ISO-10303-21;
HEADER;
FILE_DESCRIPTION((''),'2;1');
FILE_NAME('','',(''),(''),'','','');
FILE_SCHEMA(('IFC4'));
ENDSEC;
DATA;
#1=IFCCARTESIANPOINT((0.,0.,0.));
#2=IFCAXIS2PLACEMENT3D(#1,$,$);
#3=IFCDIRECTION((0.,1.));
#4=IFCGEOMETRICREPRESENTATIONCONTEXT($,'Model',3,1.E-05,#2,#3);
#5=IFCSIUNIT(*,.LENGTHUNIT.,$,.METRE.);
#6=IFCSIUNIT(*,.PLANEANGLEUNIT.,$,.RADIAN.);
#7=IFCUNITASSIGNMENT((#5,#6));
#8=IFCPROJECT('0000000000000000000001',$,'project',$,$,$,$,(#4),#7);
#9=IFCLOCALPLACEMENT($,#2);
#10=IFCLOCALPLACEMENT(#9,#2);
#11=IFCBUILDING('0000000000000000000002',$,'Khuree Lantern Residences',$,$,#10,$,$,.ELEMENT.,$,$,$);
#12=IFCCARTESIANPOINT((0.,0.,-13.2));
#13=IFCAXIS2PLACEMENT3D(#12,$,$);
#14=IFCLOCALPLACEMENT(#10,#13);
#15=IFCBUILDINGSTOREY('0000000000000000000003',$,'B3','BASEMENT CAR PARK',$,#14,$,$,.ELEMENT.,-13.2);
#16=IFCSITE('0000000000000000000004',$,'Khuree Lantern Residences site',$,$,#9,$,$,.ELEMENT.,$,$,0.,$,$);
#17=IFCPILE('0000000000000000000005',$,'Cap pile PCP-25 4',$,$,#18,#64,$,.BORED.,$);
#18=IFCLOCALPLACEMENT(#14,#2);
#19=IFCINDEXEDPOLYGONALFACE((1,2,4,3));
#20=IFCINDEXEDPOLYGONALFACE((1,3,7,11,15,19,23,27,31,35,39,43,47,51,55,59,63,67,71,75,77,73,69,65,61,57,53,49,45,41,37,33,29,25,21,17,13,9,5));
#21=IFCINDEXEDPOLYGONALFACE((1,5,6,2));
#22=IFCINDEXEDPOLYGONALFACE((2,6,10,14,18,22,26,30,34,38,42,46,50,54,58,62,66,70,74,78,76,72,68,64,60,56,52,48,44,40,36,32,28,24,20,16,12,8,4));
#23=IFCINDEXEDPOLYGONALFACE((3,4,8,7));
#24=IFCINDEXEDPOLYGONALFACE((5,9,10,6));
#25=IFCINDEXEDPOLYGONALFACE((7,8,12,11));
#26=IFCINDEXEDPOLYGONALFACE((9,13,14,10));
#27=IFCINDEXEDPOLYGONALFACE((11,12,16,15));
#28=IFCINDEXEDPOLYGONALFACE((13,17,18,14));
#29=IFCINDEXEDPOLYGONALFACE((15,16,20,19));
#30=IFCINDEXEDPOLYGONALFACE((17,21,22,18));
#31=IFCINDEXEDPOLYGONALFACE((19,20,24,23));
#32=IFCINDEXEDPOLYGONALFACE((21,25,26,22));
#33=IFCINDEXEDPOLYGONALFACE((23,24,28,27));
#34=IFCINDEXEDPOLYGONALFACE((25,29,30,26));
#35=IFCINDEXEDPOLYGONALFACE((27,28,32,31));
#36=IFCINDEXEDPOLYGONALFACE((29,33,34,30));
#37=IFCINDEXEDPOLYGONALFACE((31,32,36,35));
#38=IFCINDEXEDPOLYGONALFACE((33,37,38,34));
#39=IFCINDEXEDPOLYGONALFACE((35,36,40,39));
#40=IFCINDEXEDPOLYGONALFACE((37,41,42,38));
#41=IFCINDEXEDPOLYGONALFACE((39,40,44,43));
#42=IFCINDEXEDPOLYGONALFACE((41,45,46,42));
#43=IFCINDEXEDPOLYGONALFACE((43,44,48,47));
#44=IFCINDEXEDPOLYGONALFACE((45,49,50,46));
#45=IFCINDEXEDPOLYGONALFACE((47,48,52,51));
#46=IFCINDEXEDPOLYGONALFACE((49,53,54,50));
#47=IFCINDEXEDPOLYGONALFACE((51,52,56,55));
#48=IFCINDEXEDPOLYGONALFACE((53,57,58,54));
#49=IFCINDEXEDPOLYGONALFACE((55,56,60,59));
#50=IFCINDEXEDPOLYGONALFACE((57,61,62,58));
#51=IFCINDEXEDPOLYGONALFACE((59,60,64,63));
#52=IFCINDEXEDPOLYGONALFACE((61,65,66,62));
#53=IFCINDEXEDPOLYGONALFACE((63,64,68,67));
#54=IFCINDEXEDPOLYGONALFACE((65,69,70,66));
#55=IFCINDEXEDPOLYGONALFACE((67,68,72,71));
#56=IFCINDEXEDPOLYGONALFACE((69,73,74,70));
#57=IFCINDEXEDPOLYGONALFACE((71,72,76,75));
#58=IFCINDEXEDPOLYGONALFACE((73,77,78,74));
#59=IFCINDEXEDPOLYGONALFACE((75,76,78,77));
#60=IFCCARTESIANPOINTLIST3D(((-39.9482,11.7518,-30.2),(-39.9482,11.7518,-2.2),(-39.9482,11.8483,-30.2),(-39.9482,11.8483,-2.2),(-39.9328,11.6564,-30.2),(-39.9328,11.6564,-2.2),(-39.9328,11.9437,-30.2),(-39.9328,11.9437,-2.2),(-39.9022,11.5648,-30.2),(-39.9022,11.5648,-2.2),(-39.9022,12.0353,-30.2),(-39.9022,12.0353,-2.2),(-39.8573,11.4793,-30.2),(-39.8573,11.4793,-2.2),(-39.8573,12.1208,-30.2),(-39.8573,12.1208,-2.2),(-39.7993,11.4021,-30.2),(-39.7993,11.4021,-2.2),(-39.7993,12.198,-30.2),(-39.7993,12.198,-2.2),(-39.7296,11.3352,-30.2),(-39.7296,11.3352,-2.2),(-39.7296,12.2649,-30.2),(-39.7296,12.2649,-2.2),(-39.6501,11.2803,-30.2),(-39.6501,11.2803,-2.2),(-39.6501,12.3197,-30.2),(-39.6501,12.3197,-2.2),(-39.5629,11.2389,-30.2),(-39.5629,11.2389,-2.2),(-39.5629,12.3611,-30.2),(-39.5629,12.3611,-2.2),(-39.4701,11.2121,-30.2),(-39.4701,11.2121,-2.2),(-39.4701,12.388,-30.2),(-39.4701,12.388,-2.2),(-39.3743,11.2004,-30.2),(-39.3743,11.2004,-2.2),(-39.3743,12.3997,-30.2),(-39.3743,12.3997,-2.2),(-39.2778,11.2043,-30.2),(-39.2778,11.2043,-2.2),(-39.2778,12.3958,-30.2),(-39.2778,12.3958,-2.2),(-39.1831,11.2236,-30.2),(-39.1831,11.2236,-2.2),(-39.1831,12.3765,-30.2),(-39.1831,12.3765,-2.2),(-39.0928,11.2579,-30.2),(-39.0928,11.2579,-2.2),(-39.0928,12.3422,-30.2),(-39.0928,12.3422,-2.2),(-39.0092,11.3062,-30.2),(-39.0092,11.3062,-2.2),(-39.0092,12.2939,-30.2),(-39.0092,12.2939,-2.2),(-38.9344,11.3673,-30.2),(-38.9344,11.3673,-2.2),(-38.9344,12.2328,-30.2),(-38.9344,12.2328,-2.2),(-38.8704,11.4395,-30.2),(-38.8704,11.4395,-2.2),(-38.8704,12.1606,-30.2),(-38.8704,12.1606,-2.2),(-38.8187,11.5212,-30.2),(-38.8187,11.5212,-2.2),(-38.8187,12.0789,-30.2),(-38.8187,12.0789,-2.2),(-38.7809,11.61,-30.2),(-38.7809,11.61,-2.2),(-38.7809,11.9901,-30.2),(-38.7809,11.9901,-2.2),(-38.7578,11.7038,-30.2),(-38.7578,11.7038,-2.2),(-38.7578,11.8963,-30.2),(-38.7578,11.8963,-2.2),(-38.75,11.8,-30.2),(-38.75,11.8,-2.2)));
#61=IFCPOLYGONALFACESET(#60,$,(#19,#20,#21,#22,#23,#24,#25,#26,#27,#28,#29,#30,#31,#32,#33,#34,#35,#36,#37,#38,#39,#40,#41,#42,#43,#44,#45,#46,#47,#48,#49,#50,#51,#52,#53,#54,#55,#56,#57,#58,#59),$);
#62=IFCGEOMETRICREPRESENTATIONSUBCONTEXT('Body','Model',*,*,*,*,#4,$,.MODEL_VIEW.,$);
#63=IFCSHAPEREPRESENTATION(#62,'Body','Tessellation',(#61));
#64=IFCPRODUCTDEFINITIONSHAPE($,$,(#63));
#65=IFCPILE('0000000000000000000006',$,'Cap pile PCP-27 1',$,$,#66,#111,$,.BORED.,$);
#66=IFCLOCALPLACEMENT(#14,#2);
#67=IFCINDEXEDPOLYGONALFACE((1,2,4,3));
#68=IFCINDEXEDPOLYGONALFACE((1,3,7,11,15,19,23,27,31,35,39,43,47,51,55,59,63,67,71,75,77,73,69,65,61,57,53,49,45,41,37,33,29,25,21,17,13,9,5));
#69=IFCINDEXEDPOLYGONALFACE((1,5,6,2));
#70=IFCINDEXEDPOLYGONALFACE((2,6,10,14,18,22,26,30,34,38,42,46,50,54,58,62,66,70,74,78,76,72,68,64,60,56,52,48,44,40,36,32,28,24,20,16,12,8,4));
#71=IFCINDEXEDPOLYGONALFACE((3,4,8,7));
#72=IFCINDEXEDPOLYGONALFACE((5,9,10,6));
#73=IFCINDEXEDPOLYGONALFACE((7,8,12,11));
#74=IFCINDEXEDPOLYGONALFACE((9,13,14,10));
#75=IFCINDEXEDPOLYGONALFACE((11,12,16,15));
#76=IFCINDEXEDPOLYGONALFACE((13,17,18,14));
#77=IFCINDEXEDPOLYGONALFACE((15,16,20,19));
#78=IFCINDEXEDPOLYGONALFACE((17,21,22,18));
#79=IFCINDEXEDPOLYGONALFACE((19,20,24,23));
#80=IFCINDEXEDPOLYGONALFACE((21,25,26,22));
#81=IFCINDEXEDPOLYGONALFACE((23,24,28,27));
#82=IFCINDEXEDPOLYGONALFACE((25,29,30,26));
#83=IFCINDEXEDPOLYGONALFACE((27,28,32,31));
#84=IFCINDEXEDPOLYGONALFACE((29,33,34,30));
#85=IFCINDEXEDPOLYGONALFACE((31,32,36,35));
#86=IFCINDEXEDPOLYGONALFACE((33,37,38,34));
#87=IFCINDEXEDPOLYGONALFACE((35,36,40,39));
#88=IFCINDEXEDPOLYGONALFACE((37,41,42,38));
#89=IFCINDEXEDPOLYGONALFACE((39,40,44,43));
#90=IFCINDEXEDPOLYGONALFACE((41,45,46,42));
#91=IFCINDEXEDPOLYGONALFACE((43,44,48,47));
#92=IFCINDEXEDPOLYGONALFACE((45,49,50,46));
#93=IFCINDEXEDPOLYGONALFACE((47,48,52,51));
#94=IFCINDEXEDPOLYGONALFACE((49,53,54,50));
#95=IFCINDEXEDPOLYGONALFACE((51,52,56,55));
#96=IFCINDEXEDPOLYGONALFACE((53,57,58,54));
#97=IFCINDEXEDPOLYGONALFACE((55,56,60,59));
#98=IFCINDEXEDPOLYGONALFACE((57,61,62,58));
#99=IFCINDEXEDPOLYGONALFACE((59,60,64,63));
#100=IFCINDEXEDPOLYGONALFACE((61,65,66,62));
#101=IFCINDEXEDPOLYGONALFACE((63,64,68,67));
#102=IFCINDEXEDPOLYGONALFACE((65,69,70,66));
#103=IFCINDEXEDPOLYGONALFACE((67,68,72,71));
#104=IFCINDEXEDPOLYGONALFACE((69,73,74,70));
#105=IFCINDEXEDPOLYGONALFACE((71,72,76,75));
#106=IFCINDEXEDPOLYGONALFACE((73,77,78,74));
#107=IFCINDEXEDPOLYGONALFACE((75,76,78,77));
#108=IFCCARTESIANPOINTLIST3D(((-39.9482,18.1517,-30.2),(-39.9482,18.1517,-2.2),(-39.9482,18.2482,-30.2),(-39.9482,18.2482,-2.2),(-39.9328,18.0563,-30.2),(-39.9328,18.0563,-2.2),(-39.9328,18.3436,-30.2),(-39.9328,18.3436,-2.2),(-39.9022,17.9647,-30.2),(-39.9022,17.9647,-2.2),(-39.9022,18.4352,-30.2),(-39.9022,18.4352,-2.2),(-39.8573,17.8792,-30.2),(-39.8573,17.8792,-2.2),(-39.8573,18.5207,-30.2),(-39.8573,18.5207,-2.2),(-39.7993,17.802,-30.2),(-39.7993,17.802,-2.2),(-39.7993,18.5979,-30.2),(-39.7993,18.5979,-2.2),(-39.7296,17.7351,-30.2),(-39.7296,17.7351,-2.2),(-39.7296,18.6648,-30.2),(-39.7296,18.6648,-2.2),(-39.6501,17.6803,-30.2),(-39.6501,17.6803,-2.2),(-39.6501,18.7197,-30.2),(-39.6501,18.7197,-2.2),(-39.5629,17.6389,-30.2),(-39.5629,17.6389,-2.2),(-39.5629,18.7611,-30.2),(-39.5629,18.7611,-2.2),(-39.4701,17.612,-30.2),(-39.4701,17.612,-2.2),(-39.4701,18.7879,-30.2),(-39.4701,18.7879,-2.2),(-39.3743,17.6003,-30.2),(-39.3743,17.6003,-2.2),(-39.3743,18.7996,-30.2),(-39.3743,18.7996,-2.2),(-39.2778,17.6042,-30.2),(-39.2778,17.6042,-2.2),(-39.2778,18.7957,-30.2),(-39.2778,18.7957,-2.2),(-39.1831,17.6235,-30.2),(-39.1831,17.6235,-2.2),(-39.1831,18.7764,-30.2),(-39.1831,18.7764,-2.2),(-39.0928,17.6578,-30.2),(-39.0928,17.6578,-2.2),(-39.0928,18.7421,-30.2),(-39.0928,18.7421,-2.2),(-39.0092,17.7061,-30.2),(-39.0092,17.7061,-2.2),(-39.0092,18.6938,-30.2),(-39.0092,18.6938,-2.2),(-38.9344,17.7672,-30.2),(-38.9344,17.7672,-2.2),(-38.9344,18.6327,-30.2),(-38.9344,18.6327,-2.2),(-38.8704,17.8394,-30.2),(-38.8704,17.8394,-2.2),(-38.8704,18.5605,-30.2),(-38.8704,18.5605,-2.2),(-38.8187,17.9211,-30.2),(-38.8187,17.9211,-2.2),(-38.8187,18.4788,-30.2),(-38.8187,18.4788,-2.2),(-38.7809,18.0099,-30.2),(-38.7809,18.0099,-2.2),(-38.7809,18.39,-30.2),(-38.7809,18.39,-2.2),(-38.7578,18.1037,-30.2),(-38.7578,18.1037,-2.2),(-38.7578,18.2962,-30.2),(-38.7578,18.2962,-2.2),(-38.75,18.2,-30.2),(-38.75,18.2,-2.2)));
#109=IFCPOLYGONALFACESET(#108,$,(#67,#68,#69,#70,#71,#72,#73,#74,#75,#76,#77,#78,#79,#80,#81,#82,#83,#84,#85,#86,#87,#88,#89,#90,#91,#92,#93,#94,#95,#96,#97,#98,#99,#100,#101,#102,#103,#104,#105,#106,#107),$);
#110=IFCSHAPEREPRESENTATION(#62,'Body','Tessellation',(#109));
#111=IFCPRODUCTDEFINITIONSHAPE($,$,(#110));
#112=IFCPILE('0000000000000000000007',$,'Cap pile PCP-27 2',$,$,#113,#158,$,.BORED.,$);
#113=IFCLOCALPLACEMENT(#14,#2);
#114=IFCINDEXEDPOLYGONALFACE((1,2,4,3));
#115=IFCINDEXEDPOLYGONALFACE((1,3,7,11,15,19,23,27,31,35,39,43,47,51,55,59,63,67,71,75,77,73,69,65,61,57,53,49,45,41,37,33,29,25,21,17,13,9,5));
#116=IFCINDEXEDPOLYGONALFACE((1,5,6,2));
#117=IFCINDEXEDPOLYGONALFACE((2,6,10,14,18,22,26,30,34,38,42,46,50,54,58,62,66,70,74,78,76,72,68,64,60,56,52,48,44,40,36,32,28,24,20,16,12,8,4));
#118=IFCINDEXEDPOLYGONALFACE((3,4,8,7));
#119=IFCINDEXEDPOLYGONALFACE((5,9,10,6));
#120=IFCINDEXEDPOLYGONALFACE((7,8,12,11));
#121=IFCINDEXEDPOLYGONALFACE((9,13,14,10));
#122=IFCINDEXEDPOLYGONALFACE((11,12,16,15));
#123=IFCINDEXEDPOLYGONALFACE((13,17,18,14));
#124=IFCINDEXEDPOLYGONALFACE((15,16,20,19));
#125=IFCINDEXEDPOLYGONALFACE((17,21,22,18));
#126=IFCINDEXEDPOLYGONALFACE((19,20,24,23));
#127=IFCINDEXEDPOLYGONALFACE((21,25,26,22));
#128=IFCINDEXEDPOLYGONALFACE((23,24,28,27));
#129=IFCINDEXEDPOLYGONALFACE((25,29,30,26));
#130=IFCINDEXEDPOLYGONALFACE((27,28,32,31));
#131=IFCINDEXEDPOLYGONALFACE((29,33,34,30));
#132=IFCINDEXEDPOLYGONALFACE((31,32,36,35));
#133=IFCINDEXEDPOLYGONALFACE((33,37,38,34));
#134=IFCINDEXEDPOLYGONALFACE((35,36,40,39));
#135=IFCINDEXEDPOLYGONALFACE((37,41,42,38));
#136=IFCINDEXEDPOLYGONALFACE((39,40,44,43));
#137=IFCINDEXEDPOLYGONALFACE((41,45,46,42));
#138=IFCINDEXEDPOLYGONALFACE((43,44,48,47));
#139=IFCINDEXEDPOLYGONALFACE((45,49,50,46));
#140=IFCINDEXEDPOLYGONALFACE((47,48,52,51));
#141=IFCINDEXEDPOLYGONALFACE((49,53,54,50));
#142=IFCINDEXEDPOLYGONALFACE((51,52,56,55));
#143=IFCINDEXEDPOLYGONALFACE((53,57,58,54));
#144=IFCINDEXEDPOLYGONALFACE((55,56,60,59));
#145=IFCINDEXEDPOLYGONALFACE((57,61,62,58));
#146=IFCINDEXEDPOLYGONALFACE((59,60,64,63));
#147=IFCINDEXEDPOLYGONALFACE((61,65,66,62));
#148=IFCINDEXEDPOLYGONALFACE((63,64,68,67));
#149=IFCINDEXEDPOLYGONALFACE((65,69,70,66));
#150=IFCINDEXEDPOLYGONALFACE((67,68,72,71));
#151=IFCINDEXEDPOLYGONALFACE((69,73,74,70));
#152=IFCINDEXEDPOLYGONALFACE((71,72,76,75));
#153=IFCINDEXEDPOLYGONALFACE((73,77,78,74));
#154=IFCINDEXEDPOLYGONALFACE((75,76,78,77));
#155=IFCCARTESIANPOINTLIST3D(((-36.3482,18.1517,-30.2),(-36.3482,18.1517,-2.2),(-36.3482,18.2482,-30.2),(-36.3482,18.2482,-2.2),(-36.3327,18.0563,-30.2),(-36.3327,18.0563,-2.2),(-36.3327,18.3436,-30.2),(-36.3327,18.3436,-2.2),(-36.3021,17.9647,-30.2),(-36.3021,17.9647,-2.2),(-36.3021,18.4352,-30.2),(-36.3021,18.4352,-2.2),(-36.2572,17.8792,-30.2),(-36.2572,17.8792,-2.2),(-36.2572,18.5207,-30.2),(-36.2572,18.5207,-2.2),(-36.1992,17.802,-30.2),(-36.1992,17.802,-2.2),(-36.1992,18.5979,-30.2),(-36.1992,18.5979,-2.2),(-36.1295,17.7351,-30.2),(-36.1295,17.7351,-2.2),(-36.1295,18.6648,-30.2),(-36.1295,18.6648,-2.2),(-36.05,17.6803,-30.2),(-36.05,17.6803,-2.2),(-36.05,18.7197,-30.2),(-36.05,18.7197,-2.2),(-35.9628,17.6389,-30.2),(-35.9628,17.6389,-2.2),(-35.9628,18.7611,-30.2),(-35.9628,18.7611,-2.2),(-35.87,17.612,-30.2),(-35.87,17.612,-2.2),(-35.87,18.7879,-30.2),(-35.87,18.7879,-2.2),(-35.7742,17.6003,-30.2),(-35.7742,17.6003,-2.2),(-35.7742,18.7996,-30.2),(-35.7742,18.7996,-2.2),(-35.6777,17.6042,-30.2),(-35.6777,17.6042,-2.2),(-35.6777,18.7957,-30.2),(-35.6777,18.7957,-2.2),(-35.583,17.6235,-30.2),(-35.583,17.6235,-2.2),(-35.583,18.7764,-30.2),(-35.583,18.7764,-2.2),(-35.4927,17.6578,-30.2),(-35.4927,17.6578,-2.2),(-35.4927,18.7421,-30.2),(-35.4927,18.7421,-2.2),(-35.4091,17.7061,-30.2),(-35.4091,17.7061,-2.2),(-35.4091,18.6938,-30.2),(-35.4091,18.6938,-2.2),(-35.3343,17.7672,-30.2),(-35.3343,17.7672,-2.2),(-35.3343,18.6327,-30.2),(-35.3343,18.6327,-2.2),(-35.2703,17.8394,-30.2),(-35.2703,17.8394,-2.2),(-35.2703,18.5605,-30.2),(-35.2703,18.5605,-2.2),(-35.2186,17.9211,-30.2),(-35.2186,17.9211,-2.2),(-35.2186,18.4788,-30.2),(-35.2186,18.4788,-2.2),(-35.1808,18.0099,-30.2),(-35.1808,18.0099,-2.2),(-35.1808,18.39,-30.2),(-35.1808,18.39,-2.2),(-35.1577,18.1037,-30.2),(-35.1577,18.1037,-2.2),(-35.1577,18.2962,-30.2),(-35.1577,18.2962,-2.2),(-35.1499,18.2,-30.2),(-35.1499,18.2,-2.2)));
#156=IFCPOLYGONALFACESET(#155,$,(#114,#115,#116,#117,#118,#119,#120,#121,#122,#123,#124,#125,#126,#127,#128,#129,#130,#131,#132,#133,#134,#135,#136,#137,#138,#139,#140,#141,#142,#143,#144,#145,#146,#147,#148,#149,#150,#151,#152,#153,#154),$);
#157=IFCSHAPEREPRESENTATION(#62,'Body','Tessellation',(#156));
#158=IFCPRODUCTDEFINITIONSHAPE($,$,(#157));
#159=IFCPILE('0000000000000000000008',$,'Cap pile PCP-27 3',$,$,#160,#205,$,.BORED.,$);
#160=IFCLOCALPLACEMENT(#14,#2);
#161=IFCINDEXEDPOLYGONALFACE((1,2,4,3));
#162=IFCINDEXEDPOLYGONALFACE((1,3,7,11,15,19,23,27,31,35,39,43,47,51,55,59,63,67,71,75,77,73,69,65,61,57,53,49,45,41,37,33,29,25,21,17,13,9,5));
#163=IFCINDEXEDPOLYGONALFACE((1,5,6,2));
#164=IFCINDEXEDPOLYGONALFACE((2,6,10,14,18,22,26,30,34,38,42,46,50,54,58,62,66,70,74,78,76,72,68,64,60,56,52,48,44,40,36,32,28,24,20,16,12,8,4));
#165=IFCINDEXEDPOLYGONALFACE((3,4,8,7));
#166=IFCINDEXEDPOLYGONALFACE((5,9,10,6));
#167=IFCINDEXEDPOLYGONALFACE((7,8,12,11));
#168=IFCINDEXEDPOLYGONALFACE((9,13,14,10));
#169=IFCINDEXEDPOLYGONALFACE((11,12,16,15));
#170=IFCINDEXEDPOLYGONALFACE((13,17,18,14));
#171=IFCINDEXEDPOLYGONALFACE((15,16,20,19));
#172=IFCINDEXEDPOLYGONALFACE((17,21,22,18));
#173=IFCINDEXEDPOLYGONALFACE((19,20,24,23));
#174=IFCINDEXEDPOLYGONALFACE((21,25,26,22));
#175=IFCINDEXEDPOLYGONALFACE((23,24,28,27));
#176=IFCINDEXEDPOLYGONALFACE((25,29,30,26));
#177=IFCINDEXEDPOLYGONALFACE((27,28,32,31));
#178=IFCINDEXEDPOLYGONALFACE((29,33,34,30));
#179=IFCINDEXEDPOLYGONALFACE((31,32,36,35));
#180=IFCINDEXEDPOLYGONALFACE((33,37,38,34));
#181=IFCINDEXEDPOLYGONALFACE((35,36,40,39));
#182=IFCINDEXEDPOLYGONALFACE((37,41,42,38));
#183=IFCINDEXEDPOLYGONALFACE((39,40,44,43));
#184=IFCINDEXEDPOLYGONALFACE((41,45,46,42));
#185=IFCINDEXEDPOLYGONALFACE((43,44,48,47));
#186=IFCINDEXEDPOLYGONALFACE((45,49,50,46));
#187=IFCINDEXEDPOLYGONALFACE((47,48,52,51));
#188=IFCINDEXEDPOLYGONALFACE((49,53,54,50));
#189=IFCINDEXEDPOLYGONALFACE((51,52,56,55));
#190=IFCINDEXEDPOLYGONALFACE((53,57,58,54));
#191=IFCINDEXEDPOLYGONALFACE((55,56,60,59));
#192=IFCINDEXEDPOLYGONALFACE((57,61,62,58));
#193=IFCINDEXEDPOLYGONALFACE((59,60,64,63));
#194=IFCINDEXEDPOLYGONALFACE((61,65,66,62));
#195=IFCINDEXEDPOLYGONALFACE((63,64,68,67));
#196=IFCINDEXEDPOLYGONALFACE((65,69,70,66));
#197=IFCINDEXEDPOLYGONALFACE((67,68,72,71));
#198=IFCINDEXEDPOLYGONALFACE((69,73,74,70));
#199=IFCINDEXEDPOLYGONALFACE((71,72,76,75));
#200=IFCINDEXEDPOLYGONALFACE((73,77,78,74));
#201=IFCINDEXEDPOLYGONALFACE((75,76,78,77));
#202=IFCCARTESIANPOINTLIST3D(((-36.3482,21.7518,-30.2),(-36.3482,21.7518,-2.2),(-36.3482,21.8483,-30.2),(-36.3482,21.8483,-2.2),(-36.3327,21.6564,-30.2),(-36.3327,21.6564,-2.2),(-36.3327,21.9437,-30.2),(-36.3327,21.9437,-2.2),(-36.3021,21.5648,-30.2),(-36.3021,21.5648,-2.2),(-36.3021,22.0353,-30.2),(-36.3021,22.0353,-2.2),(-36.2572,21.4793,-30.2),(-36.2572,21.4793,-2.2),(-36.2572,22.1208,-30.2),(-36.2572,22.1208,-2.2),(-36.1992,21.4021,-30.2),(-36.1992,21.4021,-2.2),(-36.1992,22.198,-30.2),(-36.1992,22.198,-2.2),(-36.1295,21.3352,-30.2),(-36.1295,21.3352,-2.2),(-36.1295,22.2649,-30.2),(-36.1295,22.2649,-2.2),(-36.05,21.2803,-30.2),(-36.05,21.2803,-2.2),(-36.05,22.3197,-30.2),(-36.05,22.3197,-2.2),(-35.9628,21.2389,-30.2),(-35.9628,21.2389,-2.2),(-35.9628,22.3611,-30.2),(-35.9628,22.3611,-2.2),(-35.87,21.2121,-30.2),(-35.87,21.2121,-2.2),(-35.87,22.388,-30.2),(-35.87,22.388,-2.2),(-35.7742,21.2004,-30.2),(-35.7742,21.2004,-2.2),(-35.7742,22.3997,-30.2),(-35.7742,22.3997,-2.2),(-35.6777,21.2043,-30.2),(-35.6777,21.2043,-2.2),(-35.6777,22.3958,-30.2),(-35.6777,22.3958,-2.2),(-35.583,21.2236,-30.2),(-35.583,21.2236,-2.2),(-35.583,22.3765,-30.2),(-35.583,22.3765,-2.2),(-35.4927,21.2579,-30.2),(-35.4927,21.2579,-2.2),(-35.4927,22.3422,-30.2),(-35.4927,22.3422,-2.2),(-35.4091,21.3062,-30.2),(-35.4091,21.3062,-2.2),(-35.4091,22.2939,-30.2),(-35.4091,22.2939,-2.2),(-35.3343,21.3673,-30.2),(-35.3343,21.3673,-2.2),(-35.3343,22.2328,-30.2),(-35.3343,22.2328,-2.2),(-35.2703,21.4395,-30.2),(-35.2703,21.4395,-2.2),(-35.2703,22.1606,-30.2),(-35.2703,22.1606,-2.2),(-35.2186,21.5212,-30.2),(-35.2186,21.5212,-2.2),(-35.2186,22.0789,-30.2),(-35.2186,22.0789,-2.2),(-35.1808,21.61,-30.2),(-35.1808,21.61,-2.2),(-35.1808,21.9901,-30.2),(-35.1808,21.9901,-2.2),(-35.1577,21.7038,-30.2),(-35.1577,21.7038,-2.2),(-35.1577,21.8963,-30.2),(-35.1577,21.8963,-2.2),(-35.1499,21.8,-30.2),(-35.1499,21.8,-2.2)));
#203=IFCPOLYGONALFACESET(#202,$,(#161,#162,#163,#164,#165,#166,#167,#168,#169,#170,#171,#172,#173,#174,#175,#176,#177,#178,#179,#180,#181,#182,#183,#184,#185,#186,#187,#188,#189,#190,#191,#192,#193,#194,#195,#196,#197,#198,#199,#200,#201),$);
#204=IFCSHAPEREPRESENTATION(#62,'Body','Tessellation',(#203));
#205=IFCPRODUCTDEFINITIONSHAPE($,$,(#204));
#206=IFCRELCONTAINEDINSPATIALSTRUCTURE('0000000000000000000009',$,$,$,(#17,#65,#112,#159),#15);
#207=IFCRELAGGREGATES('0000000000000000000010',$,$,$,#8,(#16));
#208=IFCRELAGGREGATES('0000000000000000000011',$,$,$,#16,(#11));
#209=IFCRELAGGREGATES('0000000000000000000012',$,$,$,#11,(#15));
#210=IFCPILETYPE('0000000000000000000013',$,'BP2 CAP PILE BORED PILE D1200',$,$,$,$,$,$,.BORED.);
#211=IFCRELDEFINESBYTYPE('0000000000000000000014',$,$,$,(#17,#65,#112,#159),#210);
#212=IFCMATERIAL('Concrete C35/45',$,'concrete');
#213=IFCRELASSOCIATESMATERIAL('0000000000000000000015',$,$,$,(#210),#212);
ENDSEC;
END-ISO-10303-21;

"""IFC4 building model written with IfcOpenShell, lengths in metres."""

from ifc_helpers import new_model, si_unit, direction, frame, origin, origin_2d, place, context, subcontext, project, spatial, circle, extrude, material, material_profile, profile_set, type_object, element, save


model = new_model("IFC4")

# Units and contexts
model_context = context("Model", 3, precision=1e-05, world=origin(), true_north=direction((0.0, 1.0)))
body_context = subcontext(model_context, "Body", "Model", "MODEL_VIEW")
ifc_project = project(units=[si_unit("LENGTHUNIT", "METRE"), si_unit("PLANEANGLEUNIT", "RADIAN")], contexts=[model_context])

# Site, building, storey
site_placement = place(None, origin())
site = spatial("IfcSite", under=ifc_project, at=site_placement, Name="Khuree Lantern Residences site", CompositionType="ELEMENT", RefElevation=0.0)
building_placement = place(site_placement, origin())
building = spatial("IfcBuilding", under=site, at=building_placement, Name="Khuree Lantern Residences", CompositionType="ELEMENT")
storey_placement = place(building_placement, frame((0.0, 0.0, -13.2)))
storey = spatial("IfcBuildingStorey", under=building, at=storey_placement, Name="B3", Description="BASEMENT CAR PARK", CompositionType="ELEMENT", Elevation=-13.2)

# Piles
ifc_material_1 = material(Name="Concrete C35/45", Category="concrete")
ifc_material_profile_1 = material_profile(ifc_material_1, circle(Radius=0.6001, at=origin_2d()), Name="BORED PILE D1200")
ifc_profile_set_1 = profile_set([ifc_material_profile_1], Name="Concrete C35/45")
pile_type_1 = type_object("IfcPileType", Name="BP2 CAP PILE BORED PILE D1200", PredefinedType="BORED", material=ifc_profile_set_1)
for number, where, z_axis, x_axis, name in (
    (1, (-39.3501, 11.8, -2.2), (0.0, 0.0, -1.0), (1.0, 0.0, 0.0), "Cap pile PCP-25 4"),
    (2, (-39.3501, 18.2, -2.2), (0.0, 0.0, -1.0), (1.0, 0.0, 0.0), "Cap pile PCP-27 1"),
    (3, (-35.75, 18.2, -2.2), (0.0, 0.0, -1.0), (1.0, 0.0, 0.0), "Cap pile PCP-27 2"),
    (4, (-35.75, 21.8, -2.2), (0.0, 0.0, -1.0), (1.0, 0.0, 0.0), "Cap pile PCP-27 3"),
):
    element("IfcPile", number, at=place(storey_placement, frame(where, z_axis=z_axis, x_axis=x_axis)), inside=storey, type_object=pile_type_1, Name=name, PredefinedType="BORED", context=body_context, shape_type="SweptSolid", body=[
        extrude(circle(Radius=0.6001, at=origin_2d()), origin(), (0.0, 0.0, 1.0), 28.0),
    ])

save(model, "model.ifc")
